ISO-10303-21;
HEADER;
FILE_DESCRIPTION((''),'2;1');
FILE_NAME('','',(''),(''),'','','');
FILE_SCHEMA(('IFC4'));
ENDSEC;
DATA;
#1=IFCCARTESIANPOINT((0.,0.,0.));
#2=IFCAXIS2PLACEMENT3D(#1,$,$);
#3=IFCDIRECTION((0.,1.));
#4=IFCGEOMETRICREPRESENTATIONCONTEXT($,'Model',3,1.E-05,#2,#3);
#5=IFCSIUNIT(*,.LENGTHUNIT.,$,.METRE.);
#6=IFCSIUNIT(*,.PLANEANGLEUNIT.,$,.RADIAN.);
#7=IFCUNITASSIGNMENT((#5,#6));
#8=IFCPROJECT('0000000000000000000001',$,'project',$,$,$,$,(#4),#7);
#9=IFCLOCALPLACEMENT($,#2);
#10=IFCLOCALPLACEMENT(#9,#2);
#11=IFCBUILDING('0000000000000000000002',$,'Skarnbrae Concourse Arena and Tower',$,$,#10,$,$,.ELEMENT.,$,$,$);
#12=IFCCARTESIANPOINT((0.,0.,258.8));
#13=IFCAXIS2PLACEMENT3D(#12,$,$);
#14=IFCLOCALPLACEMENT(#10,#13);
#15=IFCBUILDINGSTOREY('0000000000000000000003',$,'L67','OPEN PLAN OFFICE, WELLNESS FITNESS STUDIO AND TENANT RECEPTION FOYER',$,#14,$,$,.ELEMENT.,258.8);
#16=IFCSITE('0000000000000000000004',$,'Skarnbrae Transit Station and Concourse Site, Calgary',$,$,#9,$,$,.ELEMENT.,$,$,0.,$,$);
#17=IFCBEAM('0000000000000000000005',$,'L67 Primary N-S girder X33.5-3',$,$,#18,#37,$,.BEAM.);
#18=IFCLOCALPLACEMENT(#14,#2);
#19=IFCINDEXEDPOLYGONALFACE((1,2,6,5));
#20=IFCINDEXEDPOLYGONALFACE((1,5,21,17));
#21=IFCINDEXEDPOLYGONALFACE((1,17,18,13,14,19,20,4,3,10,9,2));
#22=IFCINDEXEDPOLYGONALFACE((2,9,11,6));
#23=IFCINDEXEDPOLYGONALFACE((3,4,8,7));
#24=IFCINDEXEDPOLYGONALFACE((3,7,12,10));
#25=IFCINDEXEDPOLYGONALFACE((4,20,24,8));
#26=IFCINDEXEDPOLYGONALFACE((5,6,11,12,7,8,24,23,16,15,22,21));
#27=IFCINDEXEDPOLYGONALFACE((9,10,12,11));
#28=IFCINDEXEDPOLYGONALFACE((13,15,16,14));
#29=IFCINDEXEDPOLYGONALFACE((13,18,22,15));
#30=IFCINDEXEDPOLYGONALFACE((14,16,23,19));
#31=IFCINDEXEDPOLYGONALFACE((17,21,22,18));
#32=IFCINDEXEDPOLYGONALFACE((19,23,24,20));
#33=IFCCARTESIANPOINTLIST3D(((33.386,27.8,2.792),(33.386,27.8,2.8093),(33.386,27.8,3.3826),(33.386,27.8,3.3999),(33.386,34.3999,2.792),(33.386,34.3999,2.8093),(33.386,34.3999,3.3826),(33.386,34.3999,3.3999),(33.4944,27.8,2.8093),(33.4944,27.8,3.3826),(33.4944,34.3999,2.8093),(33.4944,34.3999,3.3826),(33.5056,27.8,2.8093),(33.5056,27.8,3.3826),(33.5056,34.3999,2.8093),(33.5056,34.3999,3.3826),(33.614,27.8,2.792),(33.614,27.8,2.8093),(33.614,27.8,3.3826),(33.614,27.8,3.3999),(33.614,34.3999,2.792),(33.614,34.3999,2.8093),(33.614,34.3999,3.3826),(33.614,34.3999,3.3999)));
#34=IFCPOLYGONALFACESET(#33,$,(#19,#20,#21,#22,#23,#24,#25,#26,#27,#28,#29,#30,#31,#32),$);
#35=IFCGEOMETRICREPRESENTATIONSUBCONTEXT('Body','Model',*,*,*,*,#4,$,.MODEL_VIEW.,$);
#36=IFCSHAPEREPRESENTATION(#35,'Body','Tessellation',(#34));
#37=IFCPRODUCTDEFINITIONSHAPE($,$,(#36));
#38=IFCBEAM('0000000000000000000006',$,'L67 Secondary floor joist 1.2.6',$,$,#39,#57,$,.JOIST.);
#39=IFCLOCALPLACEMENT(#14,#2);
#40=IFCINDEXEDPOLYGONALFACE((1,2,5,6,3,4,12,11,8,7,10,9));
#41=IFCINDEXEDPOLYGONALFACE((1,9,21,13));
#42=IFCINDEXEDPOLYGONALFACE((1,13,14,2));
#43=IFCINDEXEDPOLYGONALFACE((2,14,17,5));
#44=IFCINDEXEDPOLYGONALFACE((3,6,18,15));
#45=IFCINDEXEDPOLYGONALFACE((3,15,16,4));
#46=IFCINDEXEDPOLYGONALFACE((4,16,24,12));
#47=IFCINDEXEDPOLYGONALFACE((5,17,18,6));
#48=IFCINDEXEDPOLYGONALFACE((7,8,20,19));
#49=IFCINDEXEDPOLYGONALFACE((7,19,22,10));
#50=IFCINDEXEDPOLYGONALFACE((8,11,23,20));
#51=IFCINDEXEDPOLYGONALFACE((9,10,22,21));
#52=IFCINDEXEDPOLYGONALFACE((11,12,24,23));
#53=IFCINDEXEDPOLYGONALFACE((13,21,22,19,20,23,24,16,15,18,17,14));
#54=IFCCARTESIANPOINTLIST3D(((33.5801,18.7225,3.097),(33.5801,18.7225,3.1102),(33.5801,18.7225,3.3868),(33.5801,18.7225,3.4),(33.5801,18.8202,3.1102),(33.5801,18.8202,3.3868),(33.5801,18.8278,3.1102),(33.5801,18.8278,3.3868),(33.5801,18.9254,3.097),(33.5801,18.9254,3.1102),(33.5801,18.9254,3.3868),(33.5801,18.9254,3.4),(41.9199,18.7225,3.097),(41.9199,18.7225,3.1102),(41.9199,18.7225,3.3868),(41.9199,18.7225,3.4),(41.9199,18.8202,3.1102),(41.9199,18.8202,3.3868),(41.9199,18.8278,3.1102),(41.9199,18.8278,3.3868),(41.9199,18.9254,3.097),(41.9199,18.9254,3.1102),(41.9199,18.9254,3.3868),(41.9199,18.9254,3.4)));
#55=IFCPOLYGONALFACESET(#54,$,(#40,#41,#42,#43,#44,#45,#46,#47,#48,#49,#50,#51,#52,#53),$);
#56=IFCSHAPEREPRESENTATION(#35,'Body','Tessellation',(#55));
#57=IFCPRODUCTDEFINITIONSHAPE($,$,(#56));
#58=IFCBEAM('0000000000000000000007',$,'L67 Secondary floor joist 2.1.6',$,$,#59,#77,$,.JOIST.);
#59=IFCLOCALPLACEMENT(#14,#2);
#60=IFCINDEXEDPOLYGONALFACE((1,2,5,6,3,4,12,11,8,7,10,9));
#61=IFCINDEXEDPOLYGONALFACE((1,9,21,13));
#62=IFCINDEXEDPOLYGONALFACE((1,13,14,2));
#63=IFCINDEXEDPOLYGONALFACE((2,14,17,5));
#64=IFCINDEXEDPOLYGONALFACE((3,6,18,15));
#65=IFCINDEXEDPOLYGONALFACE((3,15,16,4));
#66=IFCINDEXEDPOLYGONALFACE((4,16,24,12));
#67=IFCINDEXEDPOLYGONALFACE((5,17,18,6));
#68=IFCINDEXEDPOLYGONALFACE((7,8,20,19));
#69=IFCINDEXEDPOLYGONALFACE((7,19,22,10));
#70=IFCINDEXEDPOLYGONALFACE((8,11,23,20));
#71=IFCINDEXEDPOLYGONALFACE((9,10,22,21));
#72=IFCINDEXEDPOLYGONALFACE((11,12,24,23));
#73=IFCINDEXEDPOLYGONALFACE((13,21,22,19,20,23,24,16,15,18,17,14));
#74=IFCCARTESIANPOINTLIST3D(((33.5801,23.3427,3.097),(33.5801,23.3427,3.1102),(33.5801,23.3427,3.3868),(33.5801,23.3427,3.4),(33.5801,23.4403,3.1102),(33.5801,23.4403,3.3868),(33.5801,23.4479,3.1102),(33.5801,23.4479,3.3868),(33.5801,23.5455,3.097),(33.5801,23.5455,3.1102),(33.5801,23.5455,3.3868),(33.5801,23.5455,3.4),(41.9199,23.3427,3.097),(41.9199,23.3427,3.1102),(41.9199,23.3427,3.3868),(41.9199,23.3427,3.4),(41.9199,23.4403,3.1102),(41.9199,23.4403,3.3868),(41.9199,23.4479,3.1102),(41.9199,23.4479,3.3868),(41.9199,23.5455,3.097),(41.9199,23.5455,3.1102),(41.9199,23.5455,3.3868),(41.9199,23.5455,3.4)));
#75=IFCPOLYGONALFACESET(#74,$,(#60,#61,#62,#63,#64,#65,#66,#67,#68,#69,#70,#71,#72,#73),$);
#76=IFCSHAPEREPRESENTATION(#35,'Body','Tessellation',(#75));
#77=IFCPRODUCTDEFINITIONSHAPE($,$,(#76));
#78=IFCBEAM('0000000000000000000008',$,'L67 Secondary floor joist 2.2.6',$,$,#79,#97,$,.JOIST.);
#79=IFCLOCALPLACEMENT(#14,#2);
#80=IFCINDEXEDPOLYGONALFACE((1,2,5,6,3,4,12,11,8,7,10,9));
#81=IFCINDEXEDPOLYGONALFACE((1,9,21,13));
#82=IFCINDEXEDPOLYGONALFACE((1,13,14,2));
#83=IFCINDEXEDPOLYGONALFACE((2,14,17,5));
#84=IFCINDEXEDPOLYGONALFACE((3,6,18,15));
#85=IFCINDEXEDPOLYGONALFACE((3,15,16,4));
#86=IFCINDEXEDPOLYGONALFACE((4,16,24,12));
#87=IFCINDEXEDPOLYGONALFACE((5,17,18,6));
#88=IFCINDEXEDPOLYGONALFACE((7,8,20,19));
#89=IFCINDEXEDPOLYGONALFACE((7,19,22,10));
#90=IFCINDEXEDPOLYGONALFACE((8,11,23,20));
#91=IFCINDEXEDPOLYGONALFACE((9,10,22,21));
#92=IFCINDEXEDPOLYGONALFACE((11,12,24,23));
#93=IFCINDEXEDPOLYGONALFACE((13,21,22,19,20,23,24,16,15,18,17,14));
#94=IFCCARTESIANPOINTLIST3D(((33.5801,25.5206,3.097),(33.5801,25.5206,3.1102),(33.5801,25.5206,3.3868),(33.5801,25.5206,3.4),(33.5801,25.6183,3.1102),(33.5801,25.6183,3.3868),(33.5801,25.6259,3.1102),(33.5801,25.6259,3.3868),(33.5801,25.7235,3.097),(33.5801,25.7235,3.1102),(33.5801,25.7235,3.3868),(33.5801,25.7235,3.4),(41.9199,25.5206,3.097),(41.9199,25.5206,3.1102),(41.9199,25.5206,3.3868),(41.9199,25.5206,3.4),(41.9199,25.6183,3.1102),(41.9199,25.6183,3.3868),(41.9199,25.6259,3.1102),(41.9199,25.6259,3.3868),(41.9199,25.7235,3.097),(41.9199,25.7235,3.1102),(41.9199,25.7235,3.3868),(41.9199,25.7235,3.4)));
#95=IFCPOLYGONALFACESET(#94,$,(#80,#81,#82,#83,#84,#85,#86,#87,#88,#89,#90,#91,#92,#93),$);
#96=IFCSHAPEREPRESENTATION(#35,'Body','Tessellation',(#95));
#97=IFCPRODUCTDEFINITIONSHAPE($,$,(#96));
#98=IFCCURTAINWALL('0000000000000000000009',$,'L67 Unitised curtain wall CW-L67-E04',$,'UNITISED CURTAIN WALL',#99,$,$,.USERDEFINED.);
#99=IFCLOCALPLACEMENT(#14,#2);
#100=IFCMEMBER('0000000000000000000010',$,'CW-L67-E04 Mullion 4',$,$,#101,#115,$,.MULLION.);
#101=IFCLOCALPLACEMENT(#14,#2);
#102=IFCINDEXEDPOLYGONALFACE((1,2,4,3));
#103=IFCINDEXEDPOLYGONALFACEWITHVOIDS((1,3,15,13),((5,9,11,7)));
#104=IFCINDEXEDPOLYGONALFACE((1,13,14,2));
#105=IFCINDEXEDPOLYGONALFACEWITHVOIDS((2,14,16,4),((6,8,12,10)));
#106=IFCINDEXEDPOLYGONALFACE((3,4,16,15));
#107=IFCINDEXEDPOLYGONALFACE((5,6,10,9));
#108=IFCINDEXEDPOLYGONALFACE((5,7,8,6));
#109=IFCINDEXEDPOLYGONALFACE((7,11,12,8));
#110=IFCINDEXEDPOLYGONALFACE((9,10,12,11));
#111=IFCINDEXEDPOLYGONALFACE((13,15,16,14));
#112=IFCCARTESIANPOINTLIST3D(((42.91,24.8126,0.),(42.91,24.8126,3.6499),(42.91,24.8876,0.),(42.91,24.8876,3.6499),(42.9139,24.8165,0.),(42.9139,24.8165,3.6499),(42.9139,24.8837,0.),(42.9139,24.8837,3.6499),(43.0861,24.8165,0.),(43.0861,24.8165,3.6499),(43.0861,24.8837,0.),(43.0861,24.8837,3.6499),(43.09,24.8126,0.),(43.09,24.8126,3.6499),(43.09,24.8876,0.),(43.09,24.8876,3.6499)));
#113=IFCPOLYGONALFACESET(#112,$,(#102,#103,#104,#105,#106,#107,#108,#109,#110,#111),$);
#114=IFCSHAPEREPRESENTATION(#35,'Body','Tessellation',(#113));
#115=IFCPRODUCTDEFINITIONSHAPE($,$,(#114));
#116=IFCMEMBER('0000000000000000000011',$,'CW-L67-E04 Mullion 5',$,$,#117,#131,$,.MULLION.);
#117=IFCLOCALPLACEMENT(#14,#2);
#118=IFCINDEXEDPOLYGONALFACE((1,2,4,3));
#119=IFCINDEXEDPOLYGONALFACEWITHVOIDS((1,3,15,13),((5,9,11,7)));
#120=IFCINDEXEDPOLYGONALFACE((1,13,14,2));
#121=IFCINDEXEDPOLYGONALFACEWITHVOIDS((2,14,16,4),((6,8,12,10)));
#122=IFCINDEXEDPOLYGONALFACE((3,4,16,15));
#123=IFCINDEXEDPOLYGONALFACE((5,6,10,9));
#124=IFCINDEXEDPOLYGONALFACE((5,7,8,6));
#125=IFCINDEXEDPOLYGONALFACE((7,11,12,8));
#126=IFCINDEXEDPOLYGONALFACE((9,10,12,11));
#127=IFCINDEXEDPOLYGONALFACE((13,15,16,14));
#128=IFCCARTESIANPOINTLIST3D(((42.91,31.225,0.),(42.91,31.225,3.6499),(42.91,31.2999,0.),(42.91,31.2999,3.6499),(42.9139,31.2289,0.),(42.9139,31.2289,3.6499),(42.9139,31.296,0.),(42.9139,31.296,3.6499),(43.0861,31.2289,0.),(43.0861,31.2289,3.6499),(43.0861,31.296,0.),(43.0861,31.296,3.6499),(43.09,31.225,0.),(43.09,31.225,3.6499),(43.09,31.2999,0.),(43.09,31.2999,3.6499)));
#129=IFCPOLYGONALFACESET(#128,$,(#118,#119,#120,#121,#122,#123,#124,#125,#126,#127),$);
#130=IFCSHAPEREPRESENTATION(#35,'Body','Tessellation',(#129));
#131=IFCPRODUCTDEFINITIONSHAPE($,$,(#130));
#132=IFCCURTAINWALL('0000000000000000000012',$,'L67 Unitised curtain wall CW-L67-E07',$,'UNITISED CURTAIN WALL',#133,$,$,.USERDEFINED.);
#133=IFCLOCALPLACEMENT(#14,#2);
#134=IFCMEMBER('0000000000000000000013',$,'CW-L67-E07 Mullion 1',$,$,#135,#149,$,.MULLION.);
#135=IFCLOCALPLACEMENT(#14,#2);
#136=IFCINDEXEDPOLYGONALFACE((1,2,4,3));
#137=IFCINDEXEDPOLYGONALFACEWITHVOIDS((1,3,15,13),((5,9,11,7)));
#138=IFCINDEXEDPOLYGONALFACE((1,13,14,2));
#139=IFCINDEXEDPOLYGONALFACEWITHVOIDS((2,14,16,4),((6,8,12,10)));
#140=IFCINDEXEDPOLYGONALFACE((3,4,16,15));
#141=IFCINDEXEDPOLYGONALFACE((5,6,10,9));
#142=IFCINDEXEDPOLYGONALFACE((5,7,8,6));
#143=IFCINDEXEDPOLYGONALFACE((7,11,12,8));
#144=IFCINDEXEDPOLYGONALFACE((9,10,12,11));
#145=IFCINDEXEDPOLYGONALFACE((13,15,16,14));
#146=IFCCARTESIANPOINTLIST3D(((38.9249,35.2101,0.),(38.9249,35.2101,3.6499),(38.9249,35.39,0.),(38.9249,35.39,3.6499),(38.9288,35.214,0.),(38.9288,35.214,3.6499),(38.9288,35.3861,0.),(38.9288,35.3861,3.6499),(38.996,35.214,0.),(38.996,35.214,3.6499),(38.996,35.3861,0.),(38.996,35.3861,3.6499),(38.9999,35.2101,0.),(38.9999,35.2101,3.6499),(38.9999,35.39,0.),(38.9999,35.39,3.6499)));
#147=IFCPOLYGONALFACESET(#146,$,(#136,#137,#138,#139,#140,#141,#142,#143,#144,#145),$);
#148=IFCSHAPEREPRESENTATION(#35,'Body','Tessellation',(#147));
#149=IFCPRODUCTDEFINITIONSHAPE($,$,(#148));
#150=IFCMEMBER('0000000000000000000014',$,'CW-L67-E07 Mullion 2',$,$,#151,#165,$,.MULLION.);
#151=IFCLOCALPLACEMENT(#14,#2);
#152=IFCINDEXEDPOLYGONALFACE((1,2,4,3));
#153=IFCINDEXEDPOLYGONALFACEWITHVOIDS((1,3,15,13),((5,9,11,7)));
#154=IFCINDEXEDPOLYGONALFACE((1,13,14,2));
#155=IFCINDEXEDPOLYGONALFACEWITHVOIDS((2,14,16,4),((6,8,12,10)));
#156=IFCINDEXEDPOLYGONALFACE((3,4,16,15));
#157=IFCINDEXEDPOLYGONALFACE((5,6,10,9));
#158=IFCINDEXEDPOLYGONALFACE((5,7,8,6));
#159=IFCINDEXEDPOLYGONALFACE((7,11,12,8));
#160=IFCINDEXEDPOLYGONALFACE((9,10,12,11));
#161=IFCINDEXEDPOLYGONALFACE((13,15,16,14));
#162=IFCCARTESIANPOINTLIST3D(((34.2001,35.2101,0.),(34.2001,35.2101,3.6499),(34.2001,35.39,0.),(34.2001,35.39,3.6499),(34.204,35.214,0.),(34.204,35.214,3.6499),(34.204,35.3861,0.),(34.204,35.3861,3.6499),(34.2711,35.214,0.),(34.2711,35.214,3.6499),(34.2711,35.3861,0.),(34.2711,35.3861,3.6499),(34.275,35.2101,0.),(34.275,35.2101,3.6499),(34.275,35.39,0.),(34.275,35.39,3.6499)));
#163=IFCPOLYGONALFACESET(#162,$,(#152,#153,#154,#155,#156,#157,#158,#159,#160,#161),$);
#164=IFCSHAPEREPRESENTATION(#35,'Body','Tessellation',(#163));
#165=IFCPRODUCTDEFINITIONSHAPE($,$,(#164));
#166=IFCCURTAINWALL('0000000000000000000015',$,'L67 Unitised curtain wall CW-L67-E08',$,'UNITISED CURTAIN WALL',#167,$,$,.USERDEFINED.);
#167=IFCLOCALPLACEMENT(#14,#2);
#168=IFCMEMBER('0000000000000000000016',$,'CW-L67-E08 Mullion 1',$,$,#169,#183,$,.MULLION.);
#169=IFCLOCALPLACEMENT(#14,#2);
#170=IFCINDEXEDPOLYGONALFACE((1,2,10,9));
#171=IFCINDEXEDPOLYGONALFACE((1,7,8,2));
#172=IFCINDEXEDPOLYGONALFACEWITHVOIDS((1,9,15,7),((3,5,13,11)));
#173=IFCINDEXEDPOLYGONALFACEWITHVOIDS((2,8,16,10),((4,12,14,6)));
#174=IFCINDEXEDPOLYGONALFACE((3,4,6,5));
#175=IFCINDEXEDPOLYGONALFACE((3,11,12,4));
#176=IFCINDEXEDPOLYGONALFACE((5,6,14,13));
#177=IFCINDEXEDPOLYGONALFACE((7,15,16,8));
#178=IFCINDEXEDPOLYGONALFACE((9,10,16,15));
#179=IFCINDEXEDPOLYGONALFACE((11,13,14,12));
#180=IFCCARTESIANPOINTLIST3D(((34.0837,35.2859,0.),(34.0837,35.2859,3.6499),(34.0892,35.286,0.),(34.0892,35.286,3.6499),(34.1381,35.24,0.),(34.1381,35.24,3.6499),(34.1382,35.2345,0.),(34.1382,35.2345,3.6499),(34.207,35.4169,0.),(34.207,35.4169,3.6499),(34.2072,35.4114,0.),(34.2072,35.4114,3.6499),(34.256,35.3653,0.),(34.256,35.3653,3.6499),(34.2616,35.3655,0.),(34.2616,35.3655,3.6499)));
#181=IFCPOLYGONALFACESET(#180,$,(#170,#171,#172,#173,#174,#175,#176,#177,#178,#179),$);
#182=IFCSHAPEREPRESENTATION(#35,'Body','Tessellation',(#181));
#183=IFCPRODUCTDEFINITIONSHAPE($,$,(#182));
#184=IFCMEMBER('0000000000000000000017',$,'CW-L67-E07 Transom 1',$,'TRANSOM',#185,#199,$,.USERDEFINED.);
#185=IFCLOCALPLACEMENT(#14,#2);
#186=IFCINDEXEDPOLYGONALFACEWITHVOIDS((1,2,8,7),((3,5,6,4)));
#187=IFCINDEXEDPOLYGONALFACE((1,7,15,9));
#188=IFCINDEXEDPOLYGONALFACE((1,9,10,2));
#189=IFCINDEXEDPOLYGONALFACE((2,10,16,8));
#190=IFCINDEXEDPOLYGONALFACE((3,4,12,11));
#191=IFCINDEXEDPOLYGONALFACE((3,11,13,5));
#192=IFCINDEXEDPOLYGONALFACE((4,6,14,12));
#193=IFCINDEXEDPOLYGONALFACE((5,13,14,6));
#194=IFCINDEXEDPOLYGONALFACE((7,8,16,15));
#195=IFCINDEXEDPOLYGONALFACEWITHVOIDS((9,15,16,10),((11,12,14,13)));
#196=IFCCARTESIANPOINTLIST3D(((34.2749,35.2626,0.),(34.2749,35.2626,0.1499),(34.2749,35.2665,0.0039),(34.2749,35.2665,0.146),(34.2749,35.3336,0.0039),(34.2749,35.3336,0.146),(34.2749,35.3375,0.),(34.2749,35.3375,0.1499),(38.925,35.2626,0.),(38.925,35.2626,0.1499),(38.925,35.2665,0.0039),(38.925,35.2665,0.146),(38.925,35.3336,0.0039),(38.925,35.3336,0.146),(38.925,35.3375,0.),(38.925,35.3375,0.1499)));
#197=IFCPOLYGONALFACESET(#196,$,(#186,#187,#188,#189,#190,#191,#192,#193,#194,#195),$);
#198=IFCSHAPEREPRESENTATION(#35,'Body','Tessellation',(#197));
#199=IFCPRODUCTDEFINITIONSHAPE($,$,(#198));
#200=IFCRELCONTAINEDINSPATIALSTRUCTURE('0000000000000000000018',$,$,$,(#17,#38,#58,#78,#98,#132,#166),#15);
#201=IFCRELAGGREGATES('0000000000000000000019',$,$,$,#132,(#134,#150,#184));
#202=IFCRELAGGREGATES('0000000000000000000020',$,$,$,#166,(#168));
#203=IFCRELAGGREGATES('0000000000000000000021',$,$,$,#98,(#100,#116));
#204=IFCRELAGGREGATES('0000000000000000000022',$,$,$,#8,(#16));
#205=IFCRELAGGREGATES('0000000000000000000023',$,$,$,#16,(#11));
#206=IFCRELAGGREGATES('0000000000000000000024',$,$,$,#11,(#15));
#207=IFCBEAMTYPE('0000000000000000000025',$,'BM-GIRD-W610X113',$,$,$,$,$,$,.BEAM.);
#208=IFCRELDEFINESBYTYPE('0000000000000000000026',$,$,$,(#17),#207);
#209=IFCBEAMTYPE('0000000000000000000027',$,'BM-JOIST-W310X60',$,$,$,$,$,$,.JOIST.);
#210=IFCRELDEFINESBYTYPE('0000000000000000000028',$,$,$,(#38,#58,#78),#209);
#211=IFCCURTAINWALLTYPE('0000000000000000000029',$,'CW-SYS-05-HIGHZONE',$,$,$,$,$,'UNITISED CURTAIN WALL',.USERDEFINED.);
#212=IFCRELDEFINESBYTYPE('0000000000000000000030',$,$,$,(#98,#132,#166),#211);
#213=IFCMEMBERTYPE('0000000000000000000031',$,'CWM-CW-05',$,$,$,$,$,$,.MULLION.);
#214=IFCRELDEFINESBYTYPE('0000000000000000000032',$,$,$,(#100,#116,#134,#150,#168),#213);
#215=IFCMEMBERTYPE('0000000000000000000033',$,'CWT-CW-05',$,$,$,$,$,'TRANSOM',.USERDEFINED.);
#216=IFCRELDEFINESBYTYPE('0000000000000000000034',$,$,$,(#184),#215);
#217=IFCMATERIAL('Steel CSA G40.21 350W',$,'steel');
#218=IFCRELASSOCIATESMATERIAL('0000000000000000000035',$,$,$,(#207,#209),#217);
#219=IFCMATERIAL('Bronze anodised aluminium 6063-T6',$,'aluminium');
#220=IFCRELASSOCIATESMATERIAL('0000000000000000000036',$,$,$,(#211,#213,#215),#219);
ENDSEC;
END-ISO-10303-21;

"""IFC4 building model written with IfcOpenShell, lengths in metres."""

from ifc_helpers import new_model, si_unit, direction, frame, origin, origin_2d, place, context, subcontext, project, spatial, hollow_rectangle, i_section, extrude, source, transform, mapped, material, material_profile, profile_set, type_object, element, aggregate, save


model = new_model("IFC4")

# Units and contexts
model_context = context("Model", 3, precision=1e-05, world=origin(), true_north=direction((0.0, 1.0)))
body_context = subcontext(model_context, "Body", "Model", "MODEL_VIEW")
ifc_project = project(units=[si_unit("LENGTHUNIT", "METRE"), si_unit("PLANEANGLEUNIT", "RADIAN")], contexts=[model_context])

# Site, building, storey
site_placement = place(None, origin())
site = spatial("IfcSite", under=ifc_project, at=site_placement, Name="Skarnbrae Transit Station and Concourse Site, Calgary", CompositionType="ELEMENT", RefElevation=0.0)
building_placement = place(site_placement, origin())
building = spatial("IfcBuilding", under=site, at=building_placement, Name="Skarnbrae Concourse Arena and Tower", CompositionType="ELEMENT")
storey_placement = place(building_placement, frame((0.0, 0.0, 258.8)))
storey = spatial("IfcBuildingStorey", under=building, at=storey_placement, Name="L67", Description="OPEN PLAN OFFICE, WELLNESS FITNESS STUDIO AND TENANT RECEPTION FOYER", CompositionType="ELEMENT", Elevation=258.8)

# Shared definitions
ifc_material_1 = material(Name="Steel CSA G40.21 350W", Category="steel")

# Beams
ifc_material_profile_1 = material_profile(ifc_material_1, i_section(OverallWidth=0.228, OverallDepth=0.6079, WebThickness=0.0112, FlangeThickness=0.0173, at=origin_2d()), Name="W610X113")
ifc_profile_set_1 = profile_set([ifc_material_profile_1], Name="Steel CSA G40.21 350W")
beam_type_1 = type_object("IfcBeamType", Name="BM-GIRD-W610X113", PredefinedType="BEAM", material=ifc_profile_set_1)
shared_shape_1 = source(origin(), body_context, "Body", "SweptSolid", [
    extrude(i_section(OverallWidth=0.228, OverallDepth=0.6079, WebThickness=0.0112, FlangeThickness=0.0173, at=origin_2d()), origin(), (0.0, 0.0, 1.0), 6.5999),
])
beam_1_placement = place(storey_placement, frame((33.5, 27.8, 3.0959), z_axis=(0.0, 1.0, 0.0), x_axis=(-1.0, 0.0, 0.0)))
element("IfcBeam", 1, at=beam_1_placement, inside=storey, type_object=beam_type_1, Name="L67 Primary N-S girder X33.5-3", PredefinedType="BEAM", context=body_context, shape_type="MappedRepresentation", body=[
    mapped(shared_shape_1, transform((0.0, 0.0, 0.0))),
])
ifc_material_profile_2 = material_profile(ifc_material_1, i_section(OverallWidth=0.2029, OverallDepth=0.303, WebThickness=0.0076, FlangeThickness=0.0132, at=origin_2d()), Name="W310X60")
ifc_profile_set_2 = profile_set([ifc_material_profile_2], Name="Steel CSA G40.21 350W")
beam_type_2 = type_object("IfcBeamType", Name="BM-JOIST-W310X60", PredefinedType="JOIST", material=ifc_profile_set_2)
shared_shape_2 = source(origin(), body_context, "Body", "SweptSolid", [
    extrude(i_section(OverallWidth=0.2029, OverallDepth=0.303, WebThickness=0.0076, FlangeThickness=0.0132, at=origin_2d()), origin(), (0.0, 0.0, 1.0), 8.3398),
])
for number, where, z_axis, x_axis, name in (
    (2, (33.5801, 18.824, 3.2485), (1.0, 0.0, 0.0), (0.0, 1.0, 0.0), "L67 Secondary floor joist 1.2.6"),
    (3, (33.5801, 23.4441, 3.2485), (1.0, 0.0, 0.0), (0.0, 1.0, 0.0), "L67 Secondary floor joist 2.1.6"),
    (4, (33.5801, 25.6221, 3.2485), (1.0, 0.0, 0.0), (0.0, 1.0, 0.0), "L67 Secondary floor joist 2.2.6"),
):
    element("IfcBeam", number, at=place(storey_placement, frame(where, z_axis=z_axis, x_axis=x_axis)), inside=storey, type_object=beam_type_2, Name=name, PredefinedType="JOIST", context=body_context, shape_type="MappedRepresentation", body=[
        mapped(shared_shape_2, transform((0.0, 0.0, 0.0))),
    ])

# Curtain walls, members
ifc_material_2 = material(Name="Bronze anodised aluminium 6063-T6", Category="aluminium")
curtain_wall_type = type_object("IfcCurtainWallType", Name="CW-SYS-05-HIGHZONE", ElementType="UNITISED CURTAIN WALL", PredefinedType="USERDEFINED", material=ifc_material_2)
curtain_wall_1_placement = place(storey_placement, origin())
curtain_wall_1 = element("IfcCurtainWall", 5, at=curtain_wall_1_placement, inside=storey, type_object=curtain_wall_type, Name="L67 Unitised curtain wall CW-L67-E04", ObjectType="UNITISED CURTAIN WALL", PredefinedType="USERDEFINED")
ifc_material_profile_3 = material_profile(ifc_material_2, hollow_rectangle(XDim=0.075, YDim=0.1799, WallThickness=0.0039, at=origin_2d()), Name="ALU-MULL-75X180")
ifc_profile_set_3 = profile_set([ifc_material_profile_3], Name="Bronze anodised aluminium 6063-T6")
member_type_1 = type_object("IfcMemberType", Name="CWM-CW-05", PredefinedType="MULLION", material=ifc_profile_set_3)
shared_shape_3 = source(origin(), body_context, "Body", "SweptSolid", [
    extrude(hollow_rectangle(XDim=0.075, YDim=0.1799, WallThickness=0.0039, at=origin_2d()), origin(), (0.0, 0.0, 1.0), 3.6499),
])
member_1_placement = place(storey_placement, frame((43.0, 24.8501, 0.0), z_axis=(0.0, 0.0, 1.0), x_axis=(0.0, 1.0, 0.0)))
member_1 = element("IfcMember", 6, at=member_1_placement, type_object=member_type_1, Name="CW-L67-E04 Mullion 4", PredefinedType="MULLION", context=body_context, shape_type="MappedRepresentation", body=[
    mapped(shared_shape_3, transform((0.0, 0.0, 0.0))),
])
member_2_placement = place(storey_placement, frame((43.0, 31.2625, 0.0), z_axis=(0.0, 0.0, 1.0), x_axis=(0.0, 1.0, 0.0)))
member_2 = element("IfcMember", 7, at=member_2_placement, type_object=member_type_1, Name="CW-L67-E04 Mullion 5", PredefinedType="MULLION", context=body_context, shape_type="MappedRepresentation", body=[
    mapped(shared_shape_3, transform((0.0, 0.0, 0.0))),
])
curtain_wall_2_placement = place(storey_placement, origin())
curtain_wall_2 = element("IfcCurtainWall", 8, at=curtain_wall_2_placement, inside=storey, type_object=curtain_wall_type, Name="L67 Unitised curtain wall CW-L67-E07", ObjectType="UNITISED CURTAIN WALL", PredefinedType="USERDEFINED")
member_3_placement = place(storey_placement, frame((38.9624, 35.3, 0.0), z_axis=(0.0, 0.0, 1.0), x_axis=(-1.0, 0.0, 0.0)))
member_3 = element("IfcMember", 9, at=member_3_placement, type_object=member_type_1, Name="CW-L67-E07 Mullion 1", PredefinedType="MULLION", context=body_context, shape_type="MappedRepresentation", body=[
    mapped(shared_shape_3, transform((0.0, 0.0, 0.0))),
])
member_4_placement = place(storey_placement, frame((34.2375, 35.3, 0.0), z_axis=(0.0, 0.0, 1.0), x_axis=(-1.0, 0.0, 0.0)))
member_4 = element("IfcMember", 10, at=member_4_placement, type_object=member_type_1, Name="CW-L67-E07 Mullion 2", PredefinedType="MULLION", context=body_context, shape_type="MappedRepresentation", body=[
    mapped(shared_shape_3, transform((0.0, 0.0, 0.0))),
])

# Curtain wall, member
curtain_wall_3_placement = place(storey_placement, origin())
curtain_wall_3 = element("IfcCurtainWall", 11, at=curtain_wall_3_placement, inside=storey, type_object=curtain_wall_type, Name="L67 Unitised curtain wall CW-L67-E08", ObjectType="UNITISED CURTAIN WALL", PredefinedType="USERDEFINED")
member_5_placement = place(storey_placement, frame((34.1726, 35.3257, 0.0), z_axis=(0.0, 0.0, 1.0), x_axis=(-0.728131, 0.685438, 0.0)))
member_5 = element("IfcMember", 12, at=member_5_placement, type_object=member_type_1, Name="CW-L67-E08 Mullion 1", PredefinedType="MULLION", context=body_context, shape_type="MappedRepresentation", body=[
    mapped(shared_shape_3, transform((0.0, 0.0, 0.0))),
])

# Member
ifc_material_profile_4 = material_profile(ifc_material_2, hollow_rectangle(XDim=0.075, YDim=0.1499, WallThickness=0.0039, at=origin_2d()), Name="ALU-TRAN-75X150")
ifc_profile_set_4 = profile_set([ifc_material_profile_4], Name="Bronze anodised aluminium 6063-T6")
member_type_2 = type_object("IfcMemberType", Name="CWT-CW-05", ElementType="TRANSOM", PredefinedType="USERDEFINED", material=ifc_profile_set_4)
shared_shape_4 = source(origin(), body_context, "Body", "SweptSolid", [
    extrude(hollow_rectangle(XDim=0.075, YDim=0.1499, WallThickness=0.0039, at=origin_2d()), origin(), (0.0, 0.0, 1.0), 4.6501),
])
member_6_placement = place(storey_placement, frame((38.925, 35.3, 0.075), z_axis=(-1.0, 0.0, 0.0), x_axis=(0.0, -1.0, 0.0)))
member_6 = element("IfcMember", 13, at=member_6_placement, type_object=member_type_2, Name="CW-L67-E07 Transom 1", ObjectType="TRANSOM", PredefinedType="USERDEFINED", context=body_context, shape_type="MappedRepresentation", body=[
    mapped(shared_shape_4, transform((0.0, 0.0, 0.0))),
])

aggregate(curtain_wall_2, [member_3, member_4, member_6])
aggregate(curtain_wall_3, [member_5])
aggregate(curtain_wall_1, [member_1, member_2])

save(model, "model.ifc")
